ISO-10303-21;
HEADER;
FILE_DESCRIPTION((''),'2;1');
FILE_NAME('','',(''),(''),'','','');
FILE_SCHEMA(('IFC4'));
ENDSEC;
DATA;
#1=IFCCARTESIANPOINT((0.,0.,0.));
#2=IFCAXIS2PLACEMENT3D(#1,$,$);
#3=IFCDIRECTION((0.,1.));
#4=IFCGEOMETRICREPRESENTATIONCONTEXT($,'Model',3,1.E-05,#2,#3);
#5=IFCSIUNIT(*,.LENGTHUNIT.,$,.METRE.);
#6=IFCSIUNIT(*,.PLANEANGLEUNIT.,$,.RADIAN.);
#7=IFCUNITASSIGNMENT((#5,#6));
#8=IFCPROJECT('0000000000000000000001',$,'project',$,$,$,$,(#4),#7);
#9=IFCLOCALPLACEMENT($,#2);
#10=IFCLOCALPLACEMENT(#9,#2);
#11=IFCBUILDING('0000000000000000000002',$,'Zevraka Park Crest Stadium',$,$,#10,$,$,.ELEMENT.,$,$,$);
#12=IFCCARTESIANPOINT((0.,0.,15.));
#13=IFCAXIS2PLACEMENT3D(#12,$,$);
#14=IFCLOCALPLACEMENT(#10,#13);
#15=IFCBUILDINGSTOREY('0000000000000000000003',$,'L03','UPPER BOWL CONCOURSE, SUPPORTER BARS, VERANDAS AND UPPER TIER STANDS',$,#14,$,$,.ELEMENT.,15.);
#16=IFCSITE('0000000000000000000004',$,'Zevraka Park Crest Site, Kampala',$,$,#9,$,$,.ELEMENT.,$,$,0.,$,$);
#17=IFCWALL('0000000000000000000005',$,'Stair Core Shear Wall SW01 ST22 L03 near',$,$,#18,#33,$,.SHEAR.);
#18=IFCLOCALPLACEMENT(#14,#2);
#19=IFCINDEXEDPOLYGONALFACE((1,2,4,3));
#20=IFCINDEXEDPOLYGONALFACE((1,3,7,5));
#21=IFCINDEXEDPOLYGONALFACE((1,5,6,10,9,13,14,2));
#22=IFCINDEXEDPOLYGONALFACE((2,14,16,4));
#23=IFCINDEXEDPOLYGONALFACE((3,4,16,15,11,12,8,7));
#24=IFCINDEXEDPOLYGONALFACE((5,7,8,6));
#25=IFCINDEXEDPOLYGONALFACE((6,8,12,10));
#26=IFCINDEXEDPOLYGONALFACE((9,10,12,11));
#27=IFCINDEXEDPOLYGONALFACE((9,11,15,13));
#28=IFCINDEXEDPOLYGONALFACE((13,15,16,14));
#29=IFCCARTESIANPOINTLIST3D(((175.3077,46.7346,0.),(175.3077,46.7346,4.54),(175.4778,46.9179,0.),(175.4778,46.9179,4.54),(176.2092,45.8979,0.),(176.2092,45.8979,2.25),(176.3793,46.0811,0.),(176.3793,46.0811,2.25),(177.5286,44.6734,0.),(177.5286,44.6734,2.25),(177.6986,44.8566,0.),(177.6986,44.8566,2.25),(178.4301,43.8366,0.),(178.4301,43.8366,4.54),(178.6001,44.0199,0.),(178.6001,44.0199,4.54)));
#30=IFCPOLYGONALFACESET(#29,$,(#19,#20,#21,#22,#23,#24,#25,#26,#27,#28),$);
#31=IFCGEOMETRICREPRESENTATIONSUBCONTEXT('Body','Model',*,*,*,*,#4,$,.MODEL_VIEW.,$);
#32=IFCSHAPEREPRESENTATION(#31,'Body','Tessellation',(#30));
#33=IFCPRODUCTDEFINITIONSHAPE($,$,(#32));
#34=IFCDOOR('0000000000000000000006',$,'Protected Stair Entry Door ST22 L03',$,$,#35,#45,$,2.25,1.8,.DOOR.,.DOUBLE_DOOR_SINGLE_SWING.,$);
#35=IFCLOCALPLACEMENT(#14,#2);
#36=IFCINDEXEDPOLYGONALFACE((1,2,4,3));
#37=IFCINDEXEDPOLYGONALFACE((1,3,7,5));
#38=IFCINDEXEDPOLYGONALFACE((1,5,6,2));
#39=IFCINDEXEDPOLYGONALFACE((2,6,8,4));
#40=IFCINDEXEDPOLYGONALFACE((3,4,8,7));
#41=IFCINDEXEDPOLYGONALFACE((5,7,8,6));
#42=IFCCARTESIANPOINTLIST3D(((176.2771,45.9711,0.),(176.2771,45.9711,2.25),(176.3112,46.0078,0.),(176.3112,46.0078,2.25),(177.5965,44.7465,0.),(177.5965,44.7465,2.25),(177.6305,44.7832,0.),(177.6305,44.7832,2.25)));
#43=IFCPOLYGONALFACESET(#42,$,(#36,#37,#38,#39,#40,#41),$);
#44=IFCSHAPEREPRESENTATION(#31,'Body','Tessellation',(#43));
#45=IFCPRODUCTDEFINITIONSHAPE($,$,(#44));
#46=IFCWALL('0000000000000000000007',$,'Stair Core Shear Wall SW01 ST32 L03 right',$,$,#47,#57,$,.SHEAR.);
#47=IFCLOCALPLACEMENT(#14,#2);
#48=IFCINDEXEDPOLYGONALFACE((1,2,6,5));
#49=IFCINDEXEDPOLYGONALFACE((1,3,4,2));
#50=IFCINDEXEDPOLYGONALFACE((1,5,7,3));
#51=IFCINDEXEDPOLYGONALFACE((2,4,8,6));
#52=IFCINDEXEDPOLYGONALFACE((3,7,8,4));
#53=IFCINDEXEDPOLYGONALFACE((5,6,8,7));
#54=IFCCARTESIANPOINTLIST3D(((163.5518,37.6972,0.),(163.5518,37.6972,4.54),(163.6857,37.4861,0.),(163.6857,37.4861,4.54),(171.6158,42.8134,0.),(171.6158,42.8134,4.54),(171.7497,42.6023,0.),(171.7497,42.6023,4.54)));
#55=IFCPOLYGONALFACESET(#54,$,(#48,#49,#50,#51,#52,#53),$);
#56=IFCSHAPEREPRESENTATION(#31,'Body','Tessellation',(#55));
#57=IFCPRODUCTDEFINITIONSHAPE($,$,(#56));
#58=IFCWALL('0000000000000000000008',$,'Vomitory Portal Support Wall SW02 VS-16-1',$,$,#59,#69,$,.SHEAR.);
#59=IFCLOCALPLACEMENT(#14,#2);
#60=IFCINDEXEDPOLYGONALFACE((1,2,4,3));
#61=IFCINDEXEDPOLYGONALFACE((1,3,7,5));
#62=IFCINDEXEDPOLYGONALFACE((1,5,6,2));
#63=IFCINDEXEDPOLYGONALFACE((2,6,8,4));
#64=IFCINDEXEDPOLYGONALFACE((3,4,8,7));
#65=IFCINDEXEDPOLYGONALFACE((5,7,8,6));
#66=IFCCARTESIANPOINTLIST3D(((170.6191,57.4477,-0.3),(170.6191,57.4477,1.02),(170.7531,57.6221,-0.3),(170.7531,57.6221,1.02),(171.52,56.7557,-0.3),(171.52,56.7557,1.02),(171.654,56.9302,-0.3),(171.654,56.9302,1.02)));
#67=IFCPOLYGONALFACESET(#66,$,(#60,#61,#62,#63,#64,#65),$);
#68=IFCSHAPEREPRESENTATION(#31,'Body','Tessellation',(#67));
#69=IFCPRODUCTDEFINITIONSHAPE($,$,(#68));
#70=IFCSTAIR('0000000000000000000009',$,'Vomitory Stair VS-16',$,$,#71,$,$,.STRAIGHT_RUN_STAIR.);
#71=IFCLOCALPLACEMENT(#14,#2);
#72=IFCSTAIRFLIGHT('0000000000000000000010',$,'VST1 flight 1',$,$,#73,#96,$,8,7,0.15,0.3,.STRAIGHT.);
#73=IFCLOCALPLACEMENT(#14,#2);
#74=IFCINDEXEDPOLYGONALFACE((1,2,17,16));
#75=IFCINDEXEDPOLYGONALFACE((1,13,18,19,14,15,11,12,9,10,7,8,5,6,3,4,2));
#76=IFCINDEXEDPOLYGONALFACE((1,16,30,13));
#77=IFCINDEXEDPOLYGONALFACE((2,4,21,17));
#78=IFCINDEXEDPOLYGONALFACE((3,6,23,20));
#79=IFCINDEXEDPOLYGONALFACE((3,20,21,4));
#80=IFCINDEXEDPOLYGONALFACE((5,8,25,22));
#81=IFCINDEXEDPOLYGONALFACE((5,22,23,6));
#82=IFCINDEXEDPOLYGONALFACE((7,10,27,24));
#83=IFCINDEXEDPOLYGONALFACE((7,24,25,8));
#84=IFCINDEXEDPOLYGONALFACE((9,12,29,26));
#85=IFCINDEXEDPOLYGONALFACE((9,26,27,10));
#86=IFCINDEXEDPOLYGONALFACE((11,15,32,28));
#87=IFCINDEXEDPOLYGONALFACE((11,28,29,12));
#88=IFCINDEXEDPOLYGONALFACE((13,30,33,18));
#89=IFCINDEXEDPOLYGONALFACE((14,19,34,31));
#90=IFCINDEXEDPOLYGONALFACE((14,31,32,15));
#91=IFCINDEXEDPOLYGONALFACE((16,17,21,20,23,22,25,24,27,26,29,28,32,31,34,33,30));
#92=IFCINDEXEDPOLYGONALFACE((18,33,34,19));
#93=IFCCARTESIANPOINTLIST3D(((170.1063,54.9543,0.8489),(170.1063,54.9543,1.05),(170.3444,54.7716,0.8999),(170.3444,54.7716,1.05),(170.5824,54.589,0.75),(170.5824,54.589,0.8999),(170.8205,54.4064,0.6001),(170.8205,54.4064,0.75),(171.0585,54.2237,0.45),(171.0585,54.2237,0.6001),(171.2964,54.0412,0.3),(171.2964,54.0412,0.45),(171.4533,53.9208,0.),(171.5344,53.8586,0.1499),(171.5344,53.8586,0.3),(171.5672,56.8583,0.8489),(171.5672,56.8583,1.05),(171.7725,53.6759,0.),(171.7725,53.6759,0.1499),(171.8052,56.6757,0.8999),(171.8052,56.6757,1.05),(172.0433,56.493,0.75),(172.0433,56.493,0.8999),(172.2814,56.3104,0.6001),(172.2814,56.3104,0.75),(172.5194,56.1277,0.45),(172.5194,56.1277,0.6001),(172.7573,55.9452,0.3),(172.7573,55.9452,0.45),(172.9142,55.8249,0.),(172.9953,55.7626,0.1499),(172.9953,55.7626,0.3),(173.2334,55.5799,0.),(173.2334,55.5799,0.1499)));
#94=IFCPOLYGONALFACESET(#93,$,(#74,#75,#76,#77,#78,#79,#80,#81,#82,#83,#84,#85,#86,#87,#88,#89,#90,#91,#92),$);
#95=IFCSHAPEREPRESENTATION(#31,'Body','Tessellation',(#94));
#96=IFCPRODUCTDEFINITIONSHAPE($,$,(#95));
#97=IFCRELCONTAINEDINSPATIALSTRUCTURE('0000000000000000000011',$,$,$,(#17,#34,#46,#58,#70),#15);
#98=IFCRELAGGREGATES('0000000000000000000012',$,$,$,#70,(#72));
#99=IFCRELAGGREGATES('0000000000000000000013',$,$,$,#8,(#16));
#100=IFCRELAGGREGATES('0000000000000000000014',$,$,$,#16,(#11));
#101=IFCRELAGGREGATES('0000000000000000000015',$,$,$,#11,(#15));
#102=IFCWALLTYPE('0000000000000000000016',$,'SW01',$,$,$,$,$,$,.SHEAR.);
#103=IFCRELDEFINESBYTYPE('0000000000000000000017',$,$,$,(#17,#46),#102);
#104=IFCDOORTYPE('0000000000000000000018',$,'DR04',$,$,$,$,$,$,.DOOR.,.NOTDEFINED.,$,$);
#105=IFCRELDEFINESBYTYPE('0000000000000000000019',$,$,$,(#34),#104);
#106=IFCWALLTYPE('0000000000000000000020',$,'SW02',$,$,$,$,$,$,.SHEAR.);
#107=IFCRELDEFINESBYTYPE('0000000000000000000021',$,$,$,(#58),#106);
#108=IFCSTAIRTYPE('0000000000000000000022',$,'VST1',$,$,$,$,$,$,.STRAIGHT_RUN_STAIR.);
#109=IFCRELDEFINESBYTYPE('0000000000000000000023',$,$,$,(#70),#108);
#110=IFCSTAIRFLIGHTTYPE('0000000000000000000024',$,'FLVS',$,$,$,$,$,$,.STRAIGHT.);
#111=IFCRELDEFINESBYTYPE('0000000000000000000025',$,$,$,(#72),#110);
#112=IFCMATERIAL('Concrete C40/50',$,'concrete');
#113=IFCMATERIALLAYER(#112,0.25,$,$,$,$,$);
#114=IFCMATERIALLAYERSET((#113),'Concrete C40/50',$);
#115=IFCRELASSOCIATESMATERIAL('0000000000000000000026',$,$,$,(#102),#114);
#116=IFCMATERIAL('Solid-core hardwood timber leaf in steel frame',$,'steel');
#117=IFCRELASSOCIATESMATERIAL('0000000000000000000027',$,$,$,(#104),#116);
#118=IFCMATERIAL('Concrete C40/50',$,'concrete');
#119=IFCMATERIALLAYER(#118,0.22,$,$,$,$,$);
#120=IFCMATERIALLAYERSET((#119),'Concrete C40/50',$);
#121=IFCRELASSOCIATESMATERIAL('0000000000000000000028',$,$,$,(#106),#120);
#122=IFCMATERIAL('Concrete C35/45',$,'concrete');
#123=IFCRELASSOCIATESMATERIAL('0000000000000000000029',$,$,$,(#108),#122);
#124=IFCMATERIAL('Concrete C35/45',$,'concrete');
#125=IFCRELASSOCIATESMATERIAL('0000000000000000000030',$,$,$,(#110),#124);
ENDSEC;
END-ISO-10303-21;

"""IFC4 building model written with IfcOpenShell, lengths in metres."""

from ifc_helpers import new_model, si_unit, direction, frame, frame_2d, origin, place, context, subcontext, project, spatial, polyline, rectangle, outline, extrude, material, layer, layer_set, type_object, element, fill, aggregate, save


model = new_model("IFC4")

# Units and contexts
model_context = context("Model", 3, precision=1e-05, world=origin(), true_north=direction((0.0, 1.0)))
body_context = subcontext(model_context, "Body", "Model", "MODEL_VIEW")
ifc_project = project(units=[si_unit("LENGTHUNIT", "METRE"), si_unit("PLANEANGLEUNIT", "RADIAN")], contexts=[model_context])

# Site, building, storey
site_placement = place(None, origin())
site = spatial("IfcSite", under=ifc_project, at=site_placement, Name="Zevraka Park Crest Site, Kampala", CompositionType="ELEMENT", RefElevation=0.0)
building_placement = place(site_placement, origin())
building = spatial("IfcBuilding", under=site, at=building_placement, Name="Zevraka Park Crest Stadium", CompositionType="ELEMENT")
storey_placement = place(building_placement, frame((0.0, 0.0, 15.0)))
storey = spatial("IfcBuildingStorey", under=building, at=storey_placement, Name="L03", Description="UPPER BOWL CONCOURSE, SUPPORTER BARS, VERANDAS AND UPPER TIER STANDS", CompositionType="ELEMENT", Elevation=15.0)

# Wall, opening, door
ifc_material_1 = material(Name="Concrete C40/50", Category="concrete")
ifc_layer_1 = layer(ifc_material_1, 0.25)
ifc_layer_set_1 = layer_set([ifc_layer_1], Name="Concrete C40/50")
wall_type_1 = type_object("IfcWallType", Name="SW01", PredefinedType="SHEAR", material=ifc_layer_set_1)
wall_1_placement = place(storey_placement, frame((175.3928, 46.8262, 0.0), z_axis=(0.0, 0.0, 1.0), x_axis=(0.732951, -0.680282, 0.0)))
wall_1 = element("IfcWall", 1, at=wall_1_placement, inside=storey, type_object=wall_type_1, Name="Stair Core Shear Wall SW01 ST22 L03 near", PredefinedType="SHEAR", context=body_context, shape_type="SweptSolid", body=[
    extrude(rectangle(XDim=4.26, YDim=0.25, at=frame_2d((2.1299, 0.0))), origin(), (0.0, 0.0, 1.0), 4.54),
])
opening_placement = place(wall_1_placement, frame((1.23, 0.0, 0.0)))
opening = element("IfcOpeningElement", 2, at=opening_placement, cuts=wall_1, PredefinedType="OPENING", context=body_context, shape_type="SweptSolid", body=[
    extrude(rectangle(XDim=1.8, YDim=2.25, at=frame_2d((0.8999, 1.125))), frame((0.0, 0.135, 0.0), z_axis=(0.0, -1.0, 0.0), x_axis=(1.0, 0.0, 0.0)), (0.0, 0.0, 1.0), 0.27),
])
ifc_material_2 = material(Name="Solid-core hardwood timber leaf in steel frame", Category="steel")
door_type = type_object("IfcDoorType", Name="DR04", OperationType="NOTDEFINED", PredefinedType="DOOR", material=ifc_material_2)
door_placement = place(opening_placement, origin())
door = element("IfcDoor", 3, at=door_placement, inside=storey, type_object=door_type, Name="Protected Stair Entry Door ST22 L03", OperationType="DOUBLE_DOOR_SINGLE_SWING", OverallHeight=2.25, OverallWidth=1.8, PredefinedType="DOOR", context=body_context, shape_type="SweptSolid", body=[
    extrude(rectangle(XDim=1.8, YDim=2.25, at=frame_2d((0.8999, 1.125))), frame((0.0, 0.0249, 0.0), z_axis=(0.0, -1.0, 0.0), x_axis=(1.0, 0.0, 0.0)), (0.0, 0.0, 1.0), 0.05),
])
fill(opening, door)

# Walls
wall_2_placement = place(storey_placement, frame((171.6826, 42.7078, 0.0), z_axis=(0.0, 0.0, 1.0), x_axis=(-0.844391, -0.535727, 0.0)))
element("IfcWall", 4, at=wall_2_placement, inside=storey, type_object=wall_type_1, Name="Stair Core Shear Wall SW01 ST32 L03 right", PredefinedType="SHEAR", context=body_context, shape_type="SweptSolid", body=[
    extrude(rectangle(XDim=9.55, YDim=0.25, at=frame_2d((4.7749, 0.0))), origin(), (0.0, 0.0, 1.0), 4.54),
])
ifc_material_3 = material(Name="Concrete C40/50", Category="concrete")
ifc_layer_2 = layer(ifc_material_3, 0.22)
ifc_layer_set_2 = layer_set([ifc_layer_2], Name="Concrete C40/50")
wall_type_2 = type_object("IfcWallType", Name="SW02", PredefinedType="SHEAR", material=ifc_layer_set_2)
wall_3_placement = place(storey_placement, frame((171.5869, 56.843, -0.3), z_axis=(0.0, 0.0, 1.0), x_axis=(-0.793087, 0.609108, 0.0)))
element("IfcWall", 5, at=wall_3_placement, inside=storey, type_object=wall_type_2, Name="Vomitory Portal Support Wall SW02 VS-16-1", PredefinedType="SHEAR", context=body_context, shape_type="SweptSolid", body=[
    extrude(rectangle(XDim=1.136, YDim=0.22, at=frame_2d((0.5679, 0.0))), origin(), (0.0, 0.0, 1.0), 1.3201),
])

# Stair, stair flight
ifc_material_4 = material(Name="Concrete C35/45", Category="concrete")
stair_type = type_object("IfcStairType", Name="VST1", PredefinedType="STRAIGHT_RUN_STAIR", material=ifc_material_4)
stair_placement = place(storey_placement, origin())
stair = element("IfcStair", 6, at=stair_placement, inside=storey, type_object=stair_type, Name="Vomitory Stair VS-16", PredefinedType="STRAIGHT_RUN_STAIR")
ifc_material_5 = material(Name="Concrete C35/45", Category="concrete")
stair_flight_type = type_object("IfcStairFlightType", Name="FLVS", PredefinedType="STRAIGHT", material=ifc_material_5)
stair_flight_placement = place(storey_placement, frame((172.5029, 54.6279, 0.0), z_axis=(0.0, 0.0, 1.0), x_axis=(-0.793381, 0.608725, 0.0)))
stair_flight = element("IfcStairFlight", 7, at=stair_flight_placement, type_object=stair_flight_type, Name="VST1 flight 1", NumberOfRisers=8, NumberOfTreads=7, PredefinedType="STRAIGHT", RiserHeight=0.15, TreadLength=0.3, context=body_context, shape_type="SweptSolid", body=[
    extrude(outline(polyline([(0.0, 0.0), (0.0, 0.1499), (0.3, 0.1499), (0.3, 0.3), (0.6001, 0.3), (0.6001, 0.45), (0.8999, 0.45), (0.8999, 0.6001), (1.2, 0.6001), (1.2, 0.75), (1.5, 0.75), (1.5, 0.8999), (1.8, 0.8999), (1.8, 1.05), (2.1001, 1.05), (2.1001, 1.2), (2.1001, 0.8489), (0.4023, 0.0), (0.0, 0.0)])), frame((0.0, 1.2, 0.0), z_axis=(0.0, -1.0, 0.0), x_axis=(1.0, 0.0, 0.0)), (0.0, 0.0, 1.0), 2.3999),
])
aggregate(stair, [stair_flight])

save(model, "model.ifc")
